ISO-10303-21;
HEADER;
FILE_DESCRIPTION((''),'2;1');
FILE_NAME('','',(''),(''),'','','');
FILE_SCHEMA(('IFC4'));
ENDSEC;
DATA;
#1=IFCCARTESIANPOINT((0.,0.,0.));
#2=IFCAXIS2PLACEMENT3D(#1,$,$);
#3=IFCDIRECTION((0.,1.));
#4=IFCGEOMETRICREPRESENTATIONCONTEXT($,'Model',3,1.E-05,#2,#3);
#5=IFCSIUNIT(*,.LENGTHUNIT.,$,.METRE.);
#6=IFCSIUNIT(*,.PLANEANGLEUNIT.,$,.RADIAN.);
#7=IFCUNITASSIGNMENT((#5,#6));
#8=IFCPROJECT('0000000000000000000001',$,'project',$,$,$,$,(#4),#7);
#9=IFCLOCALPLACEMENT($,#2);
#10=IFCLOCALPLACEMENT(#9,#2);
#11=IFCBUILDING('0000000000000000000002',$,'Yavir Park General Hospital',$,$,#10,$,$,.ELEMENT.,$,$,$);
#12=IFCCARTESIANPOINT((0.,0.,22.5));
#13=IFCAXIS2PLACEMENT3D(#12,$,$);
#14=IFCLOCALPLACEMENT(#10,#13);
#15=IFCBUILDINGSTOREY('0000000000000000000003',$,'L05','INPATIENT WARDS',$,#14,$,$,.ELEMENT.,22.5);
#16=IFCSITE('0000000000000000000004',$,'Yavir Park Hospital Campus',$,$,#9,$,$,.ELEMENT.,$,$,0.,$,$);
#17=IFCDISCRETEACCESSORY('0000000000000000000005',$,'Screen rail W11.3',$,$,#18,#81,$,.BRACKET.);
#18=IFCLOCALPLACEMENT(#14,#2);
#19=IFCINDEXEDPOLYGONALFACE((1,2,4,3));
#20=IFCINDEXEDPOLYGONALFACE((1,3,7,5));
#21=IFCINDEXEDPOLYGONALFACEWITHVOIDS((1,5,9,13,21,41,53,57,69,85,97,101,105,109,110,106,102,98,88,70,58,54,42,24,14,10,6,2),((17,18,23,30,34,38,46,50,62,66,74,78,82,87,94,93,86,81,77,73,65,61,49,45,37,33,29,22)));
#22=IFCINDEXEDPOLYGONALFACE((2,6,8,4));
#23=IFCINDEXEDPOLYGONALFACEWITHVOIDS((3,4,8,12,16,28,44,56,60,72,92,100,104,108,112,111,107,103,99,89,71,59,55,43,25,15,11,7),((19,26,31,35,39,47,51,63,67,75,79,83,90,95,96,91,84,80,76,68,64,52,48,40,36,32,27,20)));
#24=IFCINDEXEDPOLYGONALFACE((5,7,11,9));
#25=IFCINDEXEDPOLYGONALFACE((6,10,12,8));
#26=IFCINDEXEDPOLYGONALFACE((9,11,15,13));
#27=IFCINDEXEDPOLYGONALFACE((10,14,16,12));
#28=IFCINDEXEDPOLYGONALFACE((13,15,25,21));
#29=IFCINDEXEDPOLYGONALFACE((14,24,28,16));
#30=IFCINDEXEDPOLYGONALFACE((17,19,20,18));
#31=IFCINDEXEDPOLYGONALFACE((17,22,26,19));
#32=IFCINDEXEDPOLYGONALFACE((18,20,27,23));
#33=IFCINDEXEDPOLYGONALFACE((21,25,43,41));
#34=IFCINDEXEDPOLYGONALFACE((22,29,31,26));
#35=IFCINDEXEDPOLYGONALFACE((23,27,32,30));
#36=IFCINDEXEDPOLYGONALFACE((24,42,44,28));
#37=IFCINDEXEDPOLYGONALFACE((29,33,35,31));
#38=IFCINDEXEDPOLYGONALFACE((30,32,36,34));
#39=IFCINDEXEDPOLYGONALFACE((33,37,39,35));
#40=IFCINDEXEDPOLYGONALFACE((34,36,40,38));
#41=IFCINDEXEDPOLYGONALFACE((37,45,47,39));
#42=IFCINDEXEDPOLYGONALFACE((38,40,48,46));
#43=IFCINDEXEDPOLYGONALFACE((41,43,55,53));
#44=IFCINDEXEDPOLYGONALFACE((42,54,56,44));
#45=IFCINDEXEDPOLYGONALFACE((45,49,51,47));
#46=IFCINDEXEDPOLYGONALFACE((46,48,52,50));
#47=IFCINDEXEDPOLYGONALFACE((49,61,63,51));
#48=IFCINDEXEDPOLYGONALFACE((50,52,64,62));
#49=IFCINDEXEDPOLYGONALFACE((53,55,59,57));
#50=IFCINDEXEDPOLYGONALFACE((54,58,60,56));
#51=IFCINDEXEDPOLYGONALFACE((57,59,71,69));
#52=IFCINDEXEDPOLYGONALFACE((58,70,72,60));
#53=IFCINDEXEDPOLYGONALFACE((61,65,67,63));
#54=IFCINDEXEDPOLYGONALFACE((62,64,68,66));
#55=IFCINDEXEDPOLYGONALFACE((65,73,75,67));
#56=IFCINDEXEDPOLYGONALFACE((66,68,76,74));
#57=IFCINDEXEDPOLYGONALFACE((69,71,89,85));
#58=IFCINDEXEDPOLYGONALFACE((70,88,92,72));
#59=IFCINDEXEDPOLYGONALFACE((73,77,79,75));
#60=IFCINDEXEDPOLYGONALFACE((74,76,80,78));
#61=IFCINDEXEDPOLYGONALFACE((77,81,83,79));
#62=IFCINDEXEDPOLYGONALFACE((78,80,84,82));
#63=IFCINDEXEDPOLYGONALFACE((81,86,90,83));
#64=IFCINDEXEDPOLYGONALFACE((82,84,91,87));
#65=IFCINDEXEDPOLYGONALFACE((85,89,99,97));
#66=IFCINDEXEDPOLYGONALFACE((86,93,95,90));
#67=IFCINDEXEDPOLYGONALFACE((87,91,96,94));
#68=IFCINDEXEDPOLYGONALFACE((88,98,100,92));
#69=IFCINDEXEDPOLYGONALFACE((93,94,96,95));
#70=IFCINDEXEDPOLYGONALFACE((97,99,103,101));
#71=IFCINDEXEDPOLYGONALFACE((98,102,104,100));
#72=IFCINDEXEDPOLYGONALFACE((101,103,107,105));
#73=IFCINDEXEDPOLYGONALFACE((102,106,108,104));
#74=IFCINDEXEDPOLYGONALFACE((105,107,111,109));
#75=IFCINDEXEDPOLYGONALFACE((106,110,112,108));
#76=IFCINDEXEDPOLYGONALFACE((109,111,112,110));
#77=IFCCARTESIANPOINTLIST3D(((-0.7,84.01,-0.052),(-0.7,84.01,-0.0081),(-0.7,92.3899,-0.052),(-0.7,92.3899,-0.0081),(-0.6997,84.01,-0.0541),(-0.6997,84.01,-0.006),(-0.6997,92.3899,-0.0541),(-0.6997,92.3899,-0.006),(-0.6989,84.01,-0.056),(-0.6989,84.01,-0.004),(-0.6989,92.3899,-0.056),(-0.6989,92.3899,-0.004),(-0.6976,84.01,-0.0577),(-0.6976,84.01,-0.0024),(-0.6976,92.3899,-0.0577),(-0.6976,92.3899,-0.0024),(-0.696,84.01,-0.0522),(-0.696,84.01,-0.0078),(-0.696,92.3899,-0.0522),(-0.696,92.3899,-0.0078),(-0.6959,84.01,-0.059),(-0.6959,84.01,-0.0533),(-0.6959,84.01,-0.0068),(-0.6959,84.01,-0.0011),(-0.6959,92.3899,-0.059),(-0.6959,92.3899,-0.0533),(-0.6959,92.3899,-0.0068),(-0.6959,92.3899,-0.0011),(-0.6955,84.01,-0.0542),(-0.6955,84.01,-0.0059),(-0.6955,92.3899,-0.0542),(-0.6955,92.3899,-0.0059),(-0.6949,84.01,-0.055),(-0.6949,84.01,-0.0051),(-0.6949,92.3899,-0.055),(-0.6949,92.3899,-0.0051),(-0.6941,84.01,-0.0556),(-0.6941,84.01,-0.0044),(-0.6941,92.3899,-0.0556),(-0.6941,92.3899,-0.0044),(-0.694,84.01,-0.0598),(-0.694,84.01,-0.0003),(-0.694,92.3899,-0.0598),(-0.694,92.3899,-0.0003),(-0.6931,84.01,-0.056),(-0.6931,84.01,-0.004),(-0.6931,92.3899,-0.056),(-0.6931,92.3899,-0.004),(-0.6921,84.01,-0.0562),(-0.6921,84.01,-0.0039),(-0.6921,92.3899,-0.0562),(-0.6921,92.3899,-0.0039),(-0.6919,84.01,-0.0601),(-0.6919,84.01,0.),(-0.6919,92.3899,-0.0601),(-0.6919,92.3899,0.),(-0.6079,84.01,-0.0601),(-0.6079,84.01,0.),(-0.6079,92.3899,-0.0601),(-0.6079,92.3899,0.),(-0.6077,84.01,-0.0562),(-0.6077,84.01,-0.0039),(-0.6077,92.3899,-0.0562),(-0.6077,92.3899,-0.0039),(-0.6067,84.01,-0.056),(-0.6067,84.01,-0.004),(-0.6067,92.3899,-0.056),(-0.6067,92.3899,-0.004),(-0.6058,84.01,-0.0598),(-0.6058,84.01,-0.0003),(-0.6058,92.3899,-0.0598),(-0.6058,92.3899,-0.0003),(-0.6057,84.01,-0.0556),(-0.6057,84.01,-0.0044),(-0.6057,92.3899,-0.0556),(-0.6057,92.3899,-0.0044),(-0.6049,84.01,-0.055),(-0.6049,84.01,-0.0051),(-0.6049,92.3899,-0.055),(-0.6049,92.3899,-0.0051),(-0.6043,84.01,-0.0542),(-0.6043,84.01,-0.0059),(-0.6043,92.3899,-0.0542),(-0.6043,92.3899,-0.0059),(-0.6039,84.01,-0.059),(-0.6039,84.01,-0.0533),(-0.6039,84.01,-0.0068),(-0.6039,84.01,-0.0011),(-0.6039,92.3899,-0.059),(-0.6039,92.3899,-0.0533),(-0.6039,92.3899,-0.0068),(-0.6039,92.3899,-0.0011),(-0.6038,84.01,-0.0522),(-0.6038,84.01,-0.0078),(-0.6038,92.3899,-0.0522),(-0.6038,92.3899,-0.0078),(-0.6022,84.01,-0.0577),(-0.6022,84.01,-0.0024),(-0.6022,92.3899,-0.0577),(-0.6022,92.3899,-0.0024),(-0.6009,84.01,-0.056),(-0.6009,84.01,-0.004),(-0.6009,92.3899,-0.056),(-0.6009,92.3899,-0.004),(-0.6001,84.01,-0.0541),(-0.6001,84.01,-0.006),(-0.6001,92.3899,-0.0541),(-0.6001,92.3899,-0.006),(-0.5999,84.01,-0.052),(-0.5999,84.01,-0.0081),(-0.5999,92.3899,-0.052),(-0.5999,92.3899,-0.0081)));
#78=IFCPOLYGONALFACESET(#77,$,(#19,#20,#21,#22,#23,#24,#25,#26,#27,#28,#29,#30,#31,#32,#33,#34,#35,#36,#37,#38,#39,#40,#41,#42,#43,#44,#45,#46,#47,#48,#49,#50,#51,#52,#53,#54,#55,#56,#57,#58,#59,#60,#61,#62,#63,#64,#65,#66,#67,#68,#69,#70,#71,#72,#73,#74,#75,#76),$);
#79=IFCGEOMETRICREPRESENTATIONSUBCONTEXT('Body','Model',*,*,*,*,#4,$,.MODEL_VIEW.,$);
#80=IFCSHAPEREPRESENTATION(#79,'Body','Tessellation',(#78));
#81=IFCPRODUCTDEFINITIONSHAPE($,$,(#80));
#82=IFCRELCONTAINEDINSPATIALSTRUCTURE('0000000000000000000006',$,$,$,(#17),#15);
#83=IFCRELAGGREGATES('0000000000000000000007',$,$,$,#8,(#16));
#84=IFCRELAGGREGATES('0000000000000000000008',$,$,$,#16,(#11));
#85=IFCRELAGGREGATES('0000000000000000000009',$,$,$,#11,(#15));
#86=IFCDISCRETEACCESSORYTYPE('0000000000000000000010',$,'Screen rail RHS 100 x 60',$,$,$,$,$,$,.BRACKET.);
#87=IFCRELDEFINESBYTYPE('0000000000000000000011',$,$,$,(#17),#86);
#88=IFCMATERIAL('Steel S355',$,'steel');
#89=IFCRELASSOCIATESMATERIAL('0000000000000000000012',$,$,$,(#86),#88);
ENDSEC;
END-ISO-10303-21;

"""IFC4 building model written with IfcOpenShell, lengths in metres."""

from ifc_helpers import new_model, si_unit, direction, frame, origin, origin_2d, place, context, subcontext, project, spatial, hollow_rectangle, extrude, material, material_profile, profile_set, type_object, element, save


model = new_model("IFC4")

# Units and contexts
model_context = context("Model", 3, precision=1e-05, world=origin(), true_north=direction((0.0, 1.0)))
body_context = subcontext(model_context, "Body", "Model", "MODEL_VIEW")
ifc_project = project(units=[si_unit("LENGTHUNIT", "METRE"), si_unit("PLANEANGLEUNIT", "RADIAN")], contexts=[model_context])

# Site, building, storey
site_placement = place(None, origin())
site = spatial("IfcSite", under=ifc_project, at=site_placement, Name="Yavir Park Hospital Campus", CompositionType="ELEMENT", RefElevation=0.0)
building_placement = place(site_placement, origin())
building = spatial("IfcBuilding", under=site, at=building_placement, Name="Yavir Park General Hospital", CompositionType="ELEMENT")
storey_placement = place(building_placement, frame((0.0, 0.0, 22.5)))
storey = spatial("IfcBuildingStorey", under=building, at=storey_placement, Name="L05", Description="INPATIENT WARDS", CompositionType="ELEMENT", Elevation=22.5)

# Discrete accessory
ifc_material_1 = material(Name="Steel S355", Category="steel")
ifc_material_profile_1 = material_profile(ifc_material_1, hollow_rectangle(XDim=0.1001, YDim=0.0601, WallThickness=0.0039, InnerFilletRadius=0.0039, OuterFilletRadius=0.0081, at=origin_2d()), Name="RHS60x100x4")
ifc_profile_set_1 = profile_set([ifc_material_profile_1], Name="Steel S355")
discrete_accessory_type_1 = type_object("IfcDiscreteAccessoryType", Name="Screen rail RHS 100 x 60", PredefinedType="BRACKET", material=ifc_profile_set_1)
discrete_accessory_1_placement = place(storey_placement, frame((-0.6499, 84.01, -0.03), z_axis=(0.0, 1.0, 0.0), x_axis=(-1.0, 0.0, 0.0)))
element("IfcDiscreteAccessory", 1, at=discrete_accessory_1_placement, inside=storey, type_object=discrete_accessory_type_1, Name="Screen rail W11.3", PredefinedType="BRACKET", context=body_context, shape_type="SweptSolid", body=[
    extrude(hollow_rectangle(XDim=0.1001, YDim=0.0601, WallThickness=0.0039, InnerFilletRadius=0.0039, OuterFilletRadius=0.0081, at=origin_2d()), origin(), (0.0, 0.0, 1.0), 8.3799),
])

save(model, "model.ifc")
